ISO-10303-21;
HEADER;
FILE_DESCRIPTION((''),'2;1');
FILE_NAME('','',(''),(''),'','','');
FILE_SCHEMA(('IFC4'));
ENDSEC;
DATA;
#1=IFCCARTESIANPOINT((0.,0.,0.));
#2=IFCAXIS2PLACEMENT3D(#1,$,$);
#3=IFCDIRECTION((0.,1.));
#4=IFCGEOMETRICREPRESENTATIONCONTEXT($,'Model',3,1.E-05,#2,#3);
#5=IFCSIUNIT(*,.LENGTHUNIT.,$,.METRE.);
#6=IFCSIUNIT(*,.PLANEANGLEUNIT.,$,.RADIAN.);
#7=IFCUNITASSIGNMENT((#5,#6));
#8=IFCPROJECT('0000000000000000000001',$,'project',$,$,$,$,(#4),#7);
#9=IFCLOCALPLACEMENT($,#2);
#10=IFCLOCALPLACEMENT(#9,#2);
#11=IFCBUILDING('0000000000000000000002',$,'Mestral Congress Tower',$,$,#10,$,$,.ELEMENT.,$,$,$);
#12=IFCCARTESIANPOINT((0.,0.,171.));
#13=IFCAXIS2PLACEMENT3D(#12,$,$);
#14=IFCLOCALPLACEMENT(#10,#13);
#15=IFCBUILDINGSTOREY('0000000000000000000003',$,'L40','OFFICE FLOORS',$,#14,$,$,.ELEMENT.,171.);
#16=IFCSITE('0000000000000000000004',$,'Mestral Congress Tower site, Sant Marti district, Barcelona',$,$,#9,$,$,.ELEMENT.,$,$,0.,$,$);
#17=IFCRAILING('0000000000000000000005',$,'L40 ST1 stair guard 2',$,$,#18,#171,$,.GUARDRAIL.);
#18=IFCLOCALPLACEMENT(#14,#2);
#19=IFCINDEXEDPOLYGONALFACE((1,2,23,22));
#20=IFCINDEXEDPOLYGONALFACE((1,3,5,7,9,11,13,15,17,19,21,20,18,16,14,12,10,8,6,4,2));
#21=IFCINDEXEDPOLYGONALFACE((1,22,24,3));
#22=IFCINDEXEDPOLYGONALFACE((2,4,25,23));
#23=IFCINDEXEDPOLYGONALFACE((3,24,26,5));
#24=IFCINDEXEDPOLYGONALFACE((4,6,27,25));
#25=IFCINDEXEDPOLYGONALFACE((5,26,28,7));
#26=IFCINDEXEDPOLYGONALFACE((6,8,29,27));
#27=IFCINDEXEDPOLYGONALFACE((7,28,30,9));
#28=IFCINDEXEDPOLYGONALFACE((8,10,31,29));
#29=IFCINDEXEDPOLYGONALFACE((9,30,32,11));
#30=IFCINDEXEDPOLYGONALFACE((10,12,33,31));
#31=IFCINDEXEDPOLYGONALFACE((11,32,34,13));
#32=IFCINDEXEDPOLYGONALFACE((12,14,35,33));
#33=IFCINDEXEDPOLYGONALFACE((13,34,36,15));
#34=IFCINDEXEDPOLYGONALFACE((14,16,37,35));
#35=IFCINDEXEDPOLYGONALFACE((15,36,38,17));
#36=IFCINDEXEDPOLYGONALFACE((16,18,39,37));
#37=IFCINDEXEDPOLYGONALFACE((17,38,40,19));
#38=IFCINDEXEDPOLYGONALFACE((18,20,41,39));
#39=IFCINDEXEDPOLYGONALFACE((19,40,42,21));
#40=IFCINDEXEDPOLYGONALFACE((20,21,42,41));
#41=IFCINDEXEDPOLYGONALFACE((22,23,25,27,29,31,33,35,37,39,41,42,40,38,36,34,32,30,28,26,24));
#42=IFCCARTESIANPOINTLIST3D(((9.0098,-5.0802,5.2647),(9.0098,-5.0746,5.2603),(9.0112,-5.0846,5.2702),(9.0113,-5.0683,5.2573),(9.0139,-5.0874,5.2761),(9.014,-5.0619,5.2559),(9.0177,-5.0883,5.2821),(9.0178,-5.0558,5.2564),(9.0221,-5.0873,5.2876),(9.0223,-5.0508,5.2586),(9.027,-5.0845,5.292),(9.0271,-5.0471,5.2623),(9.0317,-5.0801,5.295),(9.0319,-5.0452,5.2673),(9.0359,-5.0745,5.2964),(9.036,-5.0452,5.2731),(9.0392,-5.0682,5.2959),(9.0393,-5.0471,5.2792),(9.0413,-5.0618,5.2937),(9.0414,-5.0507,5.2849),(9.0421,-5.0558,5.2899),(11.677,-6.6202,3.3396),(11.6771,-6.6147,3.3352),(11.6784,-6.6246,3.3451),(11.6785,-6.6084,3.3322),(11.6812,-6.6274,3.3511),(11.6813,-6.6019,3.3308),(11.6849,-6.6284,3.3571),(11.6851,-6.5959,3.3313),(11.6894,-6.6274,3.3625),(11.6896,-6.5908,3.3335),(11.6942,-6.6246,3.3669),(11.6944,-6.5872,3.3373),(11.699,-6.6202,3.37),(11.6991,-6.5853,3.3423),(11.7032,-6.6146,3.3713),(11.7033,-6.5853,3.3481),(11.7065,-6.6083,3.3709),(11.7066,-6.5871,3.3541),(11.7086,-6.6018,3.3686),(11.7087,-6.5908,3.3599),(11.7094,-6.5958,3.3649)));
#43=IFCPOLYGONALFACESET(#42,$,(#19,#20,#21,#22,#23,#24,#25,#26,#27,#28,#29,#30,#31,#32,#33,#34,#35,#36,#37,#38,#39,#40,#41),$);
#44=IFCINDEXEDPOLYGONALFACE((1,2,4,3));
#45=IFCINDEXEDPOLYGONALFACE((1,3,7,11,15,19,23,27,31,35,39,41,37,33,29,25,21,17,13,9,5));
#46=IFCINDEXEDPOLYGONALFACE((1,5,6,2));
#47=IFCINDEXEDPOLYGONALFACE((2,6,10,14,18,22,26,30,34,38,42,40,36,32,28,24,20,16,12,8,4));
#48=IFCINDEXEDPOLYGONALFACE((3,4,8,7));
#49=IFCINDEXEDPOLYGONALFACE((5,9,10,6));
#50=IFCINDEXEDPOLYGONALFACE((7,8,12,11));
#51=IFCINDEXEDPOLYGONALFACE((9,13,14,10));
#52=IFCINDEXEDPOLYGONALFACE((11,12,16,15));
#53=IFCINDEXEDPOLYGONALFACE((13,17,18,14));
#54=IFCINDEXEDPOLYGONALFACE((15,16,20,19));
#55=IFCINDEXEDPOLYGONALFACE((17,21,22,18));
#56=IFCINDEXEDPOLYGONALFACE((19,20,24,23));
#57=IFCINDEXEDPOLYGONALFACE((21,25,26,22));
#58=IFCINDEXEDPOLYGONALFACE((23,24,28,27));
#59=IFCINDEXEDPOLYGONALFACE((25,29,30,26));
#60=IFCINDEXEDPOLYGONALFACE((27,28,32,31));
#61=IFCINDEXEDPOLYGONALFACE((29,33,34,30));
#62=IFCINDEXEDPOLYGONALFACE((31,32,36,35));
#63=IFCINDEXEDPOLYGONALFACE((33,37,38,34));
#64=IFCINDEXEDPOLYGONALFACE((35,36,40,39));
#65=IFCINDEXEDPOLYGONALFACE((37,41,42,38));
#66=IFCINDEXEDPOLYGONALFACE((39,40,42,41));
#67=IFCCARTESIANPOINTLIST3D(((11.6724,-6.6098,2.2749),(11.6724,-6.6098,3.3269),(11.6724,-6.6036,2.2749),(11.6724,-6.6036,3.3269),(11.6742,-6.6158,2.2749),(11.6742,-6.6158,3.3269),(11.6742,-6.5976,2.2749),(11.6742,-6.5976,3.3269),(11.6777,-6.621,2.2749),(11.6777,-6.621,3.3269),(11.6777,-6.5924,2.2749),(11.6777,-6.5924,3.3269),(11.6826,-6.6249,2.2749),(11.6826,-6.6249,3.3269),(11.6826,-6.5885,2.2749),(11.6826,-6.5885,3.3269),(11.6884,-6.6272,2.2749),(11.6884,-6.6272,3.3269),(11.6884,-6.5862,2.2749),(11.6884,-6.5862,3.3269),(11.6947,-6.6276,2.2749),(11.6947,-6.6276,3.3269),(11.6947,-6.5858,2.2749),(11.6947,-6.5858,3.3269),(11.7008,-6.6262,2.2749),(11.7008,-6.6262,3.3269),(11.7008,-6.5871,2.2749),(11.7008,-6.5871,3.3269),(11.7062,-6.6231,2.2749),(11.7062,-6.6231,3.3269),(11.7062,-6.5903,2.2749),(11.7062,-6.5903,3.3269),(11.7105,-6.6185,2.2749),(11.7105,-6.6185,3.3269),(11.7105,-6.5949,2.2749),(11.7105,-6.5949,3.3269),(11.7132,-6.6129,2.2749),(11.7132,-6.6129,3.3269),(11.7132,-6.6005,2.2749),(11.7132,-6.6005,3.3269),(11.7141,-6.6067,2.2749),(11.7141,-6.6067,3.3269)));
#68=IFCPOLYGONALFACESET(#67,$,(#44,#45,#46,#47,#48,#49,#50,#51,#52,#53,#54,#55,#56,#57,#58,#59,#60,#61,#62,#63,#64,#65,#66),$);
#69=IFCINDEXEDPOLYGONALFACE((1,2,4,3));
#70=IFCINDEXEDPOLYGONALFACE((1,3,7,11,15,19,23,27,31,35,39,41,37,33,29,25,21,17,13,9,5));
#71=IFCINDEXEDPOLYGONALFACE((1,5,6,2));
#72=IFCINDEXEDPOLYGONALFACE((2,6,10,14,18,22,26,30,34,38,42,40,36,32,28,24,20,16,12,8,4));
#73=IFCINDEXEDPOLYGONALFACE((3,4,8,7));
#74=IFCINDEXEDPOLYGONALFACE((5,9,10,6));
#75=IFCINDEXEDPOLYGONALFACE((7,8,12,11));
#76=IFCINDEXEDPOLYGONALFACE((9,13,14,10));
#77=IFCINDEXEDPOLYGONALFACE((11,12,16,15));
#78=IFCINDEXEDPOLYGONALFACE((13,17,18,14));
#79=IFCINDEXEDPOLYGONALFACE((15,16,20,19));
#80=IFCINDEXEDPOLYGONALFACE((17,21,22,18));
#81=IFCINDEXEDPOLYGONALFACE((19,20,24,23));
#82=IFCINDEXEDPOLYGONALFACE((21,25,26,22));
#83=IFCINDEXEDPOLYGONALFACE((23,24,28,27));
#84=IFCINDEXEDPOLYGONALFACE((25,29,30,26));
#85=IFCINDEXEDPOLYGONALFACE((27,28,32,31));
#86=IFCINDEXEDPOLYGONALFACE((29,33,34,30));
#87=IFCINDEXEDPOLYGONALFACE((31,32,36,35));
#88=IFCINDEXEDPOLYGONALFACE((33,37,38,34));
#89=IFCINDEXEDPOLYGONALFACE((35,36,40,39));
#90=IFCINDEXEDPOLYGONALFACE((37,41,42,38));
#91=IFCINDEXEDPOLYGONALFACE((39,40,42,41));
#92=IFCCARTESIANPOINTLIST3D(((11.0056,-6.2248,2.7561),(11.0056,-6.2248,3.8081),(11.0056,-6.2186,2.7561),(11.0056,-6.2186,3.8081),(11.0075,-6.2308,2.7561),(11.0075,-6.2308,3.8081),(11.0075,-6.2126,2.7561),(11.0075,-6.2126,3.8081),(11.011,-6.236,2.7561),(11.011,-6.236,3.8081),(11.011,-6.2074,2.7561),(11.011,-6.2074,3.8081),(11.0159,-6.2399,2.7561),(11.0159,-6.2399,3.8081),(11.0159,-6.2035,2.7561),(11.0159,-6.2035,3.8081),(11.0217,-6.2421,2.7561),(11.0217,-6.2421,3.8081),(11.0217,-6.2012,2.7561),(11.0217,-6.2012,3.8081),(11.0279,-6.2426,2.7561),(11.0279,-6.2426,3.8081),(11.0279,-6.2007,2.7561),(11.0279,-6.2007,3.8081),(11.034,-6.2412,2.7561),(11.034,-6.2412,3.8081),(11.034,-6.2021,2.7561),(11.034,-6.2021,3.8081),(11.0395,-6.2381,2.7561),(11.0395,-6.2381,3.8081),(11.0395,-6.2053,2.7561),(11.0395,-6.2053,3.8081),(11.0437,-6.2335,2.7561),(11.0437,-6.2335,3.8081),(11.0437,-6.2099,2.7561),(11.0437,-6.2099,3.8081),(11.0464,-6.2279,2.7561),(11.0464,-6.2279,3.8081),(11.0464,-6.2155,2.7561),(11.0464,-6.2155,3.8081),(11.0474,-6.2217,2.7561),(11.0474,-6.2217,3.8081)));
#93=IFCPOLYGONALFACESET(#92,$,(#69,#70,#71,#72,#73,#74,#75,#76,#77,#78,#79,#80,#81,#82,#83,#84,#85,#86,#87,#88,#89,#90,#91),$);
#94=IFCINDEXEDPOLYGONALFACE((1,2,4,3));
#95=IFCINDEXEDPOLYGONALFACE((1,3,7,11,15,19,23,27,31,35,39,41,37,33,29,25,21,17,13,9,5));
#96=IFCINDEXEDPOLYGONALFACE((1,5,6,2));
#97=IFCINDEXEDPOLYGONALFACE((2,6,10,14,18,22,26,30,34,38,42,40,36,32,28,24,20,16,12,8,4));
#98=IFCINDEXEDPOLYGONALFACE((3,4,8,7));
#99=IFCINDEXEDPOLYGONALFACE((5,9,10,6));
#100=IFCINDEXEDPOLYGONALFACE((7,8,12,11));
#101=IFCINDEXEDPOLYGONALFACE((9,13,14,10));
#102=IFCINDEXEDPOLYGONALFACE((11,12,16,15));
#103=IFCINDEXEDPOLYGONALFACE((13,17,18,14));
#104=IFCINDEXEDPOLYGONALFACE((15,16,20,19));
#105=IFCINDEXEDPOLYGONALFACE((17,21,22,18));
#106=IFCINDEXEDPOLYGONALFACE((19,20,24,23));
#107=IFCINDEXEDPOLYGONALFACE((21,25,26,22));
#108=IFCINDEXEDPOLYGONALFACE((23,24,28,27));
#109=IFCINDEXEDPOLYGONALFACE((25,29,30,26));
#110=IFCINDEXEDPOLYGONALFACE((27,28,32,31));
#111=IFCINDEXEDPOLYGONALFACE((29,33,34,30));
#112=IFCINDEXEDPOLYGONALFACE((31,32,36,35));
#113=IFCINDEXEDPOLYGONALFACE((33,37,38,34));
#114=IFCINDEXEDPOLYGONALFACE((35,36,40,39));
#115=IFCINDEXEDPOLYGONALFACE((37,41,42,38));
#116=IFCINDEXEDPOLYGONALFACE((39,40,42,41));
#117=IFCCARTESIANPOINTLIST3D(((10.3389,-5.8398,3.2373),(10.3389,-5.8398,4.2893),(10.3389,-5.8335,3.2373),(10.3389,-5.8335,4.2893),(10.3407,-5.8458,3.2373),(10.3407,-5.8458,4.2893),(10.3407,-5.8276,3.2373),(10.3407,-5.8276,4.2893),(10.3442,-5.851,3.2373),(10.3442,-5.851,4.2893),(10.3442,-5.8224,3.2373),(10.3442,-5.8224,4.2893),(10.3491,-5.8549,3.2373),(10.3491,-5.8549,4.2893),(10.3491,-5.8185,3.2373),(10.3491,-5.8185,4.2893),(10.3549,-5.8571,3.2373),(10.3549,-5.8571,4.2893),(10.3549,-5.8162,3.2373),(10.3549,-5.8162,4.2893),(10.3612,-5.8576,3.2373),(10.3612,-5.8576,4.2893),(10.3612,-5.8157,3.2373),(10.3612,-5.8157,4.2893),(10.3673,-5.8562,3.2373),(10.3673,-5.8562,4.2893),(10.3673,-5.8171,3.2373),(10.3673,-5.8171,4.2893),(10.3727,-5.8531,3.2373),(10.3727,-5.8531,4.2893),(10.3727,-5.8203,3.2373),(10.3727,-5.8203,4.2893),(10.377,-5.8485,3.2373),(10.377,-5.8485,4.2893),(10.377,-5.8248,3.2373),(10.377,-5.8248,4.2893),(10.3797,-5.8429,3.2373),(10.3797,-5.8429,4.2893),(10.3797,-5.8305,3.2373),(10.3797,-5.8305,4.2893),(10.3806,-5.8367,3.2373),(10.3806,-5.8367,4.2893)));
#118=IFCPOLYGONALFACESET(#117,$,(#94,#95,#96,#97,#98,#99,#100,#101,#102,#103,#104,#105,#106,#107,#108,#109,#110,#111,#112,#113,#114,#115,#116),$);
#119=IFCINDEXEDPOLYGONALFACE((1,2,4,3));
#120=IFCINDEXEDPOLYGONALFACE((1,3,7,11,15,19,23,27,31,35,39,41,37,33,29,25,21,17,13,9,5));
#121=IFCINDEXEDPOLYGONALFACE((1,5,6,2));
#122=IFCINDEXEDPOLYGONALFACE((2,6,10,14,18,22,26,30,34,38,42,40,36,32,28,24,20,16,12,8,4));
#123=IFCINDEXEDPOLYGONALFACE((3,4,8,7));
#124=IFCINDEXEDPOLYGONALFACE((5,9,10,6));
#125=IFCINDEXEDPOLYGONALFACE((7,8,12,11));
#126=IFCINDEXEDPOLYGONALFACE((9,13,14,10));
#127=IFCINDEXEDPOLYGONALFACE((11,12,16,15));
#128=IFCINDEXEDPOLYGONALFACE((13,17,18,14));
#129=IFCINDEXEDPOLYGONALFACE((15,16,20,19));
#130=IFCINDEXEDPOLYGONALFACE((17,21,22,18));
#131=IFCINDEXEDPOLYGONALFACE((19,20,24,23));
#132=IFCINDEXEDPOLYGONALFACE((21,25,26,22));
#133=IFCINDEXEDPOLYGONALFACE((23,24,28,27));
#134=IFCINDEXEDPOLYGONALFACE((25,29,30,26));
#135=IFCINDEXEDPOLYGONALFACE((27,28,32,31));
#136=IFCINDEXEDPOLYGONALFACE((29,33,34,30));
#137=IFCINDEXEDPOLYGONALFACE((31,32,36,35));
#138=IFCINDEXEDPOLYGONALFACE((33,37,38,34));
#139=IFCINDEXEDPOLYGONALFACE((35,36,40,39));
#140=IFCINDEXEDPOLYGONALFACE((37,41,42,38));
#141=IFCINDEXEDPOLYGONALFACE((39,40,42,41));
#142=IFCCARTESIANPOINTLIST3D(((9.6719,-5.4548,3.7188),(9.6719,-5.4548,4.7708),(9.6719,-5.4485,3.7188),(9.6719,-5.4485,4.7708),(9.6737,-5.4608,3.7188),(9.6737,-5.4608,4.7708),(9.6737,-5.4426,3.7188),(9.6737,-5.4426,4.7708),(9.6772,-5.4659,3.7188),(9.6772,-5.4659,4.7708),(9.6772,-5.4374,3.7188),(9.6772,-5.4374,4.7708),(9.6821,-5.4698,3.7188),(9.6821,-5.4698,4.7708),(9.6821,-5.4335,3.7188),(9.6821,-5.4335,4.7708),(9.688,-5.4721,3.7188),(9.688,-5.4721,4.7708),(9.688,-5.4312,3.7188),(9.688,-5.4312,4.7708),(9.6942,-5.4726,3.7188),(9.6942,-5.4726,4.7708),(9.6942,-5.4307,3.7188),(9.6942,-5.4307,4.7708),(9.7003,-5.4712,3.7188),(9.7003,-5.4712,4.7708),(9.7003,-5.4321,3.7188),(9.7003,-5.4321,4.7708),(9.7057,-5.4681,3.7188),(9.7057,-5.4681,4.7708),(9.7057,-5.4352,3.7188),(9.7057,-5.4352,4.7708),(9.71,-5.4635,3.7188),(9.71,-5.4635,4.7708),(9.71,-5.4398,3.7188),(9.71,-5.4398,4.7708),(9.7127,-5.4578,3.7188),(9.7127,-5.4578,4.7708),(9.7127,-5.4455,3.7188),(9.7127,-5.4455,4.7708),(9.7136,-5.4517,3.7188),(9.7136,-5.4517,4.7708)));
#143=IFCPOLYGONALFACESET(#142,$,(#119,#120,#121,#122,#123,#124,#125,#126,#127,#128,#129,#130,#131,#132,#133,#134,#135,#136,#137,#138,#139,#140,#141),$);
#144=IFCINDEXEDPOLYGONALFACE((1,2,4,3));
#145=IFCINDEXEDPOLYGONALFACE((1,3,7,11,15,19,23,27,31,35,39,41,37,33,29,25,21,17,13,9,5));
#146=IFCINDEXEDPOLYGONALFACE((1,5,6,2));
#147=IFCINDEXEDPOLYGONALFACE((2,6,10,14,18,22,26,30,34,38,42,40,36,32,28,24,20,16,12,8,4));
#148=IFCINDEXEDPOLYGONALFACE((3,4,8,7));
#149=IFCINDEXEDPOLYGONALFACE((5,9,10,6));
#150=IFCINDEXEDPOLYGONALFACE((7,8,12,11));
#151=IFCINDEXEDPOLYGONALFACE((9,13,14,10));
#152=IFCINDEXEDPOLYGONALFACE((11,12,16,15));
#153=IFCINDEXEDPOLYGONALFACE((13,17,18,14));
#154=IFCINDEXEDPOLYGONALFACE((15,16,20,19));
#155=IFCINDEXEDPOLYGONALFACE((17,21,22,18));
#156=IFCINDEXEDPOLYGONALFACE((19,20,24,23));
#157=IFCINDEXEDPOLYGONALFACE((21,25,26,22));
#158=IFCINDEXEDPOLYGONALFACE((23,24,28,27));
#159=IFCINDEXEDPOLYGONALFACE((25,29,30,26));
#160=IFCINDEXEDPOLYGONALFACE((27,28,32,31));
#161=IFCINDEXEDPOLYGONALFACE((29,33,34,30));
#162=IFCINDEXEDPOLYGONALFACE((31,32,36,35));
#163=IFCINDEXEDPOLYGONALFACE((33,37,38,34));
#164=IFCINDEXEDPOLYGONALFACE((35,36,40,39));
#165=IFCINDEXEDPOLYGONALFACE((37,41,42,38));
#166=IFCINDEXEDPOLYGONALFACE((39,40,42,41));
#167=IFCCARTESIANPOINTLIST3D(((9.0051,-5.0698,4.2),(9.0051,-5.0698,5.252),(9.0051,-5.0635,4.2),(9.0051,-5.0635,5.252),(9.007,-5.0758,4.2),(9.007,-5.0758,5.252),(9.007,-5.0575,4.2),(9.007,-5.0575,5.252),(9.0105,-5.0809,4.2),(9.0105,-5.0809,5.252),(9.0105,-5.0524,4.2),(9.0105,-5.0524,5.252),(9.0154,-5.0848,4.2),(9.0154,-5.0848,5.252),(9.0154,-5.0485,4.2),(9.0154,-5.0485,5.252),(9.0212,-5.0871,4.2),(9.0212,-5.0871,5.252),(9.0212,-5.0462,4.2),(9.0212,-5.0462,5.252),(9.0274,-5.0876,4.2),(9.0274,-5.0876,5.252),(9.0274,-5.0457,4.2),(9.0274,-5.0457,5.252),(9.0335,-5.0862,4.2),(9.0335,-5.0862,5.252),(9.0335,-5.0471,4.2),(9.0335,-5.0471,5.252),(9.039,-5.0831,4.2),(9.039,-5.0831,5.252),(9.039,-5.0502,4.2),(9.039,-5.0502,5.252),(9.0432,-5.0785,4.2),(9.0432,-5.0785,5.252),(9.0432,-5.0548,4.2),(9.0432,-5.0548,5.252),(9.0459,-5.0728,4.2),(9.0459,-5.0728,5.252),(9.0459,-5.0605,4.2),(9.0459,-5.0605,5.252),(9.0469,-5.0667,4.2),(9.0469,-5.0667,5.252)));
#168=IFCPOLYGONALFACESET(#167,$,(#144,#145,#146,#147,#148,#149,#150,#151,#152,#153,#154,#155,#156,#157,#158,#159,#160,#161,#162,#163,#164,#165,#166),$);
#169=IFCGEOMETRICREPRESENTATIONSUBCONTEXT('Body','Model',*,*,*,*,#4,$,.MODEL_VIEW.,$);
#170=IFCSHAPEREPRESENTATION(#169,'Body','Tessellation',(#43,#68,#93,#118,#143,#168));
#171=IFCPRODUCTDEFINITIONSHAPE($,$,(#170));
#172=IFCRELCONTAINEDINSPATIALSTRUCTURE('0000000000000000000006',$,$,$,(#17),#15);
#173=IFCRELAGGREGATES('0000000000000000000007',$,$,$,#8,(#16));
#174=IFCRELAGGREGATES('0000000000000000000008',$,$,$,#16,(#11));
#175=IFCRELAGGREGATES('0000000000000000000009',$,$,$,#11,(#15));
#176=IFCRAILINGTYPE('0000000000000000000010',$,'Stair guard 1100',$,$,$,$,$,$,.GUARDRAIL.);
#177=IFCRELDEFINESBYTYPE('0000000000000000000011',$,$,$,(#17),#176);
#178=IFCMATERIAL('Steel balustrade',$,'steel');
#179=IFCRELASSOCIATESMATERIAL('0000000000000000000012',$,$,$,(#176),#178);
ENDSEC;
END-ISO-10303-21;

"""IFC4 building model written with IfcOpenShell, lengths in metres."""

from ifc_helpers import new_model, si_unit, direction, frame, origin, origin_2d, place, context, subcontext, project, spatial, circle, extrude, material, type_object, element, save


model = new_model("IFC4")

# Units and contexts
model_context = context("Model", 3, precision=1e-05, world=origin(), true_north=direction((0.0, 1.0)))
body_context = subcontext(model_context, "Body", "Model", "MODEL_VIEW")
ifc_project = project(units=[si_unit("LENGTHUNIT", "METRE"), si_unit("PLANEANGLEUNIT", "RADIAN")], contexts=[model_context])

# Site, building, storey
site_placement = place(None, origin())
site = spatial("IfcSite", under=ifc_project, at=site_placement, Name="Mestral Congress Tower site, Sant Marti district, Barcelona", CompositionType="ELEMENT", RefElevation=0.0)
building_placement = place(site_placement, origin())
building = spatial("IfcBuilding", under=site, at=building_placement, Name="Mestral Congress Tower", CompositionType="ELEMENT")
storey_placement = place(building_placement, frame((0.0, 0.0, 171.0)))
storey = spatial("IfcBuildingStorey", under=building, at=storey_placement, Name="L40", Description="OFFICE FLOORS", CompositionType="ELEMENT", Elevation=171.0)

# Railing
ifc_material_1 = material(Name="Steel balustrade", Category="steel")
railing_type_1 = type_object("IfcRailingType", Name="Stair guard 1100", PredefinedType="GUARDRAIL", material=ifc_material_1)
railing_1_placement = place(storey_placement, frame((11.6931, -6.6067, 2.2749)))
element("IfcRailing", 1, at=railing_1_placement, inside=storey, type_object=railing_type_1, Name="L40 ST1 stair guard 2", PredefinedType="GUARDRAIL", context=body_context, shape_type="SweptSolid", body=[
    extrude(circle(Radius=0.0239, at=origin_2d()), frame((0.0, 0.0, 1.0762), z_axis=(-0.734364, 0.424015, 0.530019), x_axis=(-0.500027, -0.86601, 0.0)), (0.0, 0.0, 1.0), 3.6321),
    extrude(circle(Radius=0.021, at=origin_2d()), origin(), (0.0, 0.0, 1.0), 1.052),
    extrude(circle(Radius=0.021, at=origin_2d()), frame((-0.6667, 0.385, 0.4812)), (0.0, 0.0, 1.0), 1.052),
    extrude(circle(Radius=0.021, at=origin_2d()), frame((-1.3335, 0.77, 0.9624)), (0.0, 0.0, 1.0), 1.052),
    extrude(circle(Radius=0.021, at=origin_2d()), frame((-2.0005, 1.155, 1.4438)), (0.0, 0.0, 1.0), 1.052),
    extrude(circle(Radius=0.021, at=origin_2d()), frame((-2.6672, 1.54, 1.925)), (0.0, 0.0, 1.0), 1.052),
])

save(model, "model.ifc")
